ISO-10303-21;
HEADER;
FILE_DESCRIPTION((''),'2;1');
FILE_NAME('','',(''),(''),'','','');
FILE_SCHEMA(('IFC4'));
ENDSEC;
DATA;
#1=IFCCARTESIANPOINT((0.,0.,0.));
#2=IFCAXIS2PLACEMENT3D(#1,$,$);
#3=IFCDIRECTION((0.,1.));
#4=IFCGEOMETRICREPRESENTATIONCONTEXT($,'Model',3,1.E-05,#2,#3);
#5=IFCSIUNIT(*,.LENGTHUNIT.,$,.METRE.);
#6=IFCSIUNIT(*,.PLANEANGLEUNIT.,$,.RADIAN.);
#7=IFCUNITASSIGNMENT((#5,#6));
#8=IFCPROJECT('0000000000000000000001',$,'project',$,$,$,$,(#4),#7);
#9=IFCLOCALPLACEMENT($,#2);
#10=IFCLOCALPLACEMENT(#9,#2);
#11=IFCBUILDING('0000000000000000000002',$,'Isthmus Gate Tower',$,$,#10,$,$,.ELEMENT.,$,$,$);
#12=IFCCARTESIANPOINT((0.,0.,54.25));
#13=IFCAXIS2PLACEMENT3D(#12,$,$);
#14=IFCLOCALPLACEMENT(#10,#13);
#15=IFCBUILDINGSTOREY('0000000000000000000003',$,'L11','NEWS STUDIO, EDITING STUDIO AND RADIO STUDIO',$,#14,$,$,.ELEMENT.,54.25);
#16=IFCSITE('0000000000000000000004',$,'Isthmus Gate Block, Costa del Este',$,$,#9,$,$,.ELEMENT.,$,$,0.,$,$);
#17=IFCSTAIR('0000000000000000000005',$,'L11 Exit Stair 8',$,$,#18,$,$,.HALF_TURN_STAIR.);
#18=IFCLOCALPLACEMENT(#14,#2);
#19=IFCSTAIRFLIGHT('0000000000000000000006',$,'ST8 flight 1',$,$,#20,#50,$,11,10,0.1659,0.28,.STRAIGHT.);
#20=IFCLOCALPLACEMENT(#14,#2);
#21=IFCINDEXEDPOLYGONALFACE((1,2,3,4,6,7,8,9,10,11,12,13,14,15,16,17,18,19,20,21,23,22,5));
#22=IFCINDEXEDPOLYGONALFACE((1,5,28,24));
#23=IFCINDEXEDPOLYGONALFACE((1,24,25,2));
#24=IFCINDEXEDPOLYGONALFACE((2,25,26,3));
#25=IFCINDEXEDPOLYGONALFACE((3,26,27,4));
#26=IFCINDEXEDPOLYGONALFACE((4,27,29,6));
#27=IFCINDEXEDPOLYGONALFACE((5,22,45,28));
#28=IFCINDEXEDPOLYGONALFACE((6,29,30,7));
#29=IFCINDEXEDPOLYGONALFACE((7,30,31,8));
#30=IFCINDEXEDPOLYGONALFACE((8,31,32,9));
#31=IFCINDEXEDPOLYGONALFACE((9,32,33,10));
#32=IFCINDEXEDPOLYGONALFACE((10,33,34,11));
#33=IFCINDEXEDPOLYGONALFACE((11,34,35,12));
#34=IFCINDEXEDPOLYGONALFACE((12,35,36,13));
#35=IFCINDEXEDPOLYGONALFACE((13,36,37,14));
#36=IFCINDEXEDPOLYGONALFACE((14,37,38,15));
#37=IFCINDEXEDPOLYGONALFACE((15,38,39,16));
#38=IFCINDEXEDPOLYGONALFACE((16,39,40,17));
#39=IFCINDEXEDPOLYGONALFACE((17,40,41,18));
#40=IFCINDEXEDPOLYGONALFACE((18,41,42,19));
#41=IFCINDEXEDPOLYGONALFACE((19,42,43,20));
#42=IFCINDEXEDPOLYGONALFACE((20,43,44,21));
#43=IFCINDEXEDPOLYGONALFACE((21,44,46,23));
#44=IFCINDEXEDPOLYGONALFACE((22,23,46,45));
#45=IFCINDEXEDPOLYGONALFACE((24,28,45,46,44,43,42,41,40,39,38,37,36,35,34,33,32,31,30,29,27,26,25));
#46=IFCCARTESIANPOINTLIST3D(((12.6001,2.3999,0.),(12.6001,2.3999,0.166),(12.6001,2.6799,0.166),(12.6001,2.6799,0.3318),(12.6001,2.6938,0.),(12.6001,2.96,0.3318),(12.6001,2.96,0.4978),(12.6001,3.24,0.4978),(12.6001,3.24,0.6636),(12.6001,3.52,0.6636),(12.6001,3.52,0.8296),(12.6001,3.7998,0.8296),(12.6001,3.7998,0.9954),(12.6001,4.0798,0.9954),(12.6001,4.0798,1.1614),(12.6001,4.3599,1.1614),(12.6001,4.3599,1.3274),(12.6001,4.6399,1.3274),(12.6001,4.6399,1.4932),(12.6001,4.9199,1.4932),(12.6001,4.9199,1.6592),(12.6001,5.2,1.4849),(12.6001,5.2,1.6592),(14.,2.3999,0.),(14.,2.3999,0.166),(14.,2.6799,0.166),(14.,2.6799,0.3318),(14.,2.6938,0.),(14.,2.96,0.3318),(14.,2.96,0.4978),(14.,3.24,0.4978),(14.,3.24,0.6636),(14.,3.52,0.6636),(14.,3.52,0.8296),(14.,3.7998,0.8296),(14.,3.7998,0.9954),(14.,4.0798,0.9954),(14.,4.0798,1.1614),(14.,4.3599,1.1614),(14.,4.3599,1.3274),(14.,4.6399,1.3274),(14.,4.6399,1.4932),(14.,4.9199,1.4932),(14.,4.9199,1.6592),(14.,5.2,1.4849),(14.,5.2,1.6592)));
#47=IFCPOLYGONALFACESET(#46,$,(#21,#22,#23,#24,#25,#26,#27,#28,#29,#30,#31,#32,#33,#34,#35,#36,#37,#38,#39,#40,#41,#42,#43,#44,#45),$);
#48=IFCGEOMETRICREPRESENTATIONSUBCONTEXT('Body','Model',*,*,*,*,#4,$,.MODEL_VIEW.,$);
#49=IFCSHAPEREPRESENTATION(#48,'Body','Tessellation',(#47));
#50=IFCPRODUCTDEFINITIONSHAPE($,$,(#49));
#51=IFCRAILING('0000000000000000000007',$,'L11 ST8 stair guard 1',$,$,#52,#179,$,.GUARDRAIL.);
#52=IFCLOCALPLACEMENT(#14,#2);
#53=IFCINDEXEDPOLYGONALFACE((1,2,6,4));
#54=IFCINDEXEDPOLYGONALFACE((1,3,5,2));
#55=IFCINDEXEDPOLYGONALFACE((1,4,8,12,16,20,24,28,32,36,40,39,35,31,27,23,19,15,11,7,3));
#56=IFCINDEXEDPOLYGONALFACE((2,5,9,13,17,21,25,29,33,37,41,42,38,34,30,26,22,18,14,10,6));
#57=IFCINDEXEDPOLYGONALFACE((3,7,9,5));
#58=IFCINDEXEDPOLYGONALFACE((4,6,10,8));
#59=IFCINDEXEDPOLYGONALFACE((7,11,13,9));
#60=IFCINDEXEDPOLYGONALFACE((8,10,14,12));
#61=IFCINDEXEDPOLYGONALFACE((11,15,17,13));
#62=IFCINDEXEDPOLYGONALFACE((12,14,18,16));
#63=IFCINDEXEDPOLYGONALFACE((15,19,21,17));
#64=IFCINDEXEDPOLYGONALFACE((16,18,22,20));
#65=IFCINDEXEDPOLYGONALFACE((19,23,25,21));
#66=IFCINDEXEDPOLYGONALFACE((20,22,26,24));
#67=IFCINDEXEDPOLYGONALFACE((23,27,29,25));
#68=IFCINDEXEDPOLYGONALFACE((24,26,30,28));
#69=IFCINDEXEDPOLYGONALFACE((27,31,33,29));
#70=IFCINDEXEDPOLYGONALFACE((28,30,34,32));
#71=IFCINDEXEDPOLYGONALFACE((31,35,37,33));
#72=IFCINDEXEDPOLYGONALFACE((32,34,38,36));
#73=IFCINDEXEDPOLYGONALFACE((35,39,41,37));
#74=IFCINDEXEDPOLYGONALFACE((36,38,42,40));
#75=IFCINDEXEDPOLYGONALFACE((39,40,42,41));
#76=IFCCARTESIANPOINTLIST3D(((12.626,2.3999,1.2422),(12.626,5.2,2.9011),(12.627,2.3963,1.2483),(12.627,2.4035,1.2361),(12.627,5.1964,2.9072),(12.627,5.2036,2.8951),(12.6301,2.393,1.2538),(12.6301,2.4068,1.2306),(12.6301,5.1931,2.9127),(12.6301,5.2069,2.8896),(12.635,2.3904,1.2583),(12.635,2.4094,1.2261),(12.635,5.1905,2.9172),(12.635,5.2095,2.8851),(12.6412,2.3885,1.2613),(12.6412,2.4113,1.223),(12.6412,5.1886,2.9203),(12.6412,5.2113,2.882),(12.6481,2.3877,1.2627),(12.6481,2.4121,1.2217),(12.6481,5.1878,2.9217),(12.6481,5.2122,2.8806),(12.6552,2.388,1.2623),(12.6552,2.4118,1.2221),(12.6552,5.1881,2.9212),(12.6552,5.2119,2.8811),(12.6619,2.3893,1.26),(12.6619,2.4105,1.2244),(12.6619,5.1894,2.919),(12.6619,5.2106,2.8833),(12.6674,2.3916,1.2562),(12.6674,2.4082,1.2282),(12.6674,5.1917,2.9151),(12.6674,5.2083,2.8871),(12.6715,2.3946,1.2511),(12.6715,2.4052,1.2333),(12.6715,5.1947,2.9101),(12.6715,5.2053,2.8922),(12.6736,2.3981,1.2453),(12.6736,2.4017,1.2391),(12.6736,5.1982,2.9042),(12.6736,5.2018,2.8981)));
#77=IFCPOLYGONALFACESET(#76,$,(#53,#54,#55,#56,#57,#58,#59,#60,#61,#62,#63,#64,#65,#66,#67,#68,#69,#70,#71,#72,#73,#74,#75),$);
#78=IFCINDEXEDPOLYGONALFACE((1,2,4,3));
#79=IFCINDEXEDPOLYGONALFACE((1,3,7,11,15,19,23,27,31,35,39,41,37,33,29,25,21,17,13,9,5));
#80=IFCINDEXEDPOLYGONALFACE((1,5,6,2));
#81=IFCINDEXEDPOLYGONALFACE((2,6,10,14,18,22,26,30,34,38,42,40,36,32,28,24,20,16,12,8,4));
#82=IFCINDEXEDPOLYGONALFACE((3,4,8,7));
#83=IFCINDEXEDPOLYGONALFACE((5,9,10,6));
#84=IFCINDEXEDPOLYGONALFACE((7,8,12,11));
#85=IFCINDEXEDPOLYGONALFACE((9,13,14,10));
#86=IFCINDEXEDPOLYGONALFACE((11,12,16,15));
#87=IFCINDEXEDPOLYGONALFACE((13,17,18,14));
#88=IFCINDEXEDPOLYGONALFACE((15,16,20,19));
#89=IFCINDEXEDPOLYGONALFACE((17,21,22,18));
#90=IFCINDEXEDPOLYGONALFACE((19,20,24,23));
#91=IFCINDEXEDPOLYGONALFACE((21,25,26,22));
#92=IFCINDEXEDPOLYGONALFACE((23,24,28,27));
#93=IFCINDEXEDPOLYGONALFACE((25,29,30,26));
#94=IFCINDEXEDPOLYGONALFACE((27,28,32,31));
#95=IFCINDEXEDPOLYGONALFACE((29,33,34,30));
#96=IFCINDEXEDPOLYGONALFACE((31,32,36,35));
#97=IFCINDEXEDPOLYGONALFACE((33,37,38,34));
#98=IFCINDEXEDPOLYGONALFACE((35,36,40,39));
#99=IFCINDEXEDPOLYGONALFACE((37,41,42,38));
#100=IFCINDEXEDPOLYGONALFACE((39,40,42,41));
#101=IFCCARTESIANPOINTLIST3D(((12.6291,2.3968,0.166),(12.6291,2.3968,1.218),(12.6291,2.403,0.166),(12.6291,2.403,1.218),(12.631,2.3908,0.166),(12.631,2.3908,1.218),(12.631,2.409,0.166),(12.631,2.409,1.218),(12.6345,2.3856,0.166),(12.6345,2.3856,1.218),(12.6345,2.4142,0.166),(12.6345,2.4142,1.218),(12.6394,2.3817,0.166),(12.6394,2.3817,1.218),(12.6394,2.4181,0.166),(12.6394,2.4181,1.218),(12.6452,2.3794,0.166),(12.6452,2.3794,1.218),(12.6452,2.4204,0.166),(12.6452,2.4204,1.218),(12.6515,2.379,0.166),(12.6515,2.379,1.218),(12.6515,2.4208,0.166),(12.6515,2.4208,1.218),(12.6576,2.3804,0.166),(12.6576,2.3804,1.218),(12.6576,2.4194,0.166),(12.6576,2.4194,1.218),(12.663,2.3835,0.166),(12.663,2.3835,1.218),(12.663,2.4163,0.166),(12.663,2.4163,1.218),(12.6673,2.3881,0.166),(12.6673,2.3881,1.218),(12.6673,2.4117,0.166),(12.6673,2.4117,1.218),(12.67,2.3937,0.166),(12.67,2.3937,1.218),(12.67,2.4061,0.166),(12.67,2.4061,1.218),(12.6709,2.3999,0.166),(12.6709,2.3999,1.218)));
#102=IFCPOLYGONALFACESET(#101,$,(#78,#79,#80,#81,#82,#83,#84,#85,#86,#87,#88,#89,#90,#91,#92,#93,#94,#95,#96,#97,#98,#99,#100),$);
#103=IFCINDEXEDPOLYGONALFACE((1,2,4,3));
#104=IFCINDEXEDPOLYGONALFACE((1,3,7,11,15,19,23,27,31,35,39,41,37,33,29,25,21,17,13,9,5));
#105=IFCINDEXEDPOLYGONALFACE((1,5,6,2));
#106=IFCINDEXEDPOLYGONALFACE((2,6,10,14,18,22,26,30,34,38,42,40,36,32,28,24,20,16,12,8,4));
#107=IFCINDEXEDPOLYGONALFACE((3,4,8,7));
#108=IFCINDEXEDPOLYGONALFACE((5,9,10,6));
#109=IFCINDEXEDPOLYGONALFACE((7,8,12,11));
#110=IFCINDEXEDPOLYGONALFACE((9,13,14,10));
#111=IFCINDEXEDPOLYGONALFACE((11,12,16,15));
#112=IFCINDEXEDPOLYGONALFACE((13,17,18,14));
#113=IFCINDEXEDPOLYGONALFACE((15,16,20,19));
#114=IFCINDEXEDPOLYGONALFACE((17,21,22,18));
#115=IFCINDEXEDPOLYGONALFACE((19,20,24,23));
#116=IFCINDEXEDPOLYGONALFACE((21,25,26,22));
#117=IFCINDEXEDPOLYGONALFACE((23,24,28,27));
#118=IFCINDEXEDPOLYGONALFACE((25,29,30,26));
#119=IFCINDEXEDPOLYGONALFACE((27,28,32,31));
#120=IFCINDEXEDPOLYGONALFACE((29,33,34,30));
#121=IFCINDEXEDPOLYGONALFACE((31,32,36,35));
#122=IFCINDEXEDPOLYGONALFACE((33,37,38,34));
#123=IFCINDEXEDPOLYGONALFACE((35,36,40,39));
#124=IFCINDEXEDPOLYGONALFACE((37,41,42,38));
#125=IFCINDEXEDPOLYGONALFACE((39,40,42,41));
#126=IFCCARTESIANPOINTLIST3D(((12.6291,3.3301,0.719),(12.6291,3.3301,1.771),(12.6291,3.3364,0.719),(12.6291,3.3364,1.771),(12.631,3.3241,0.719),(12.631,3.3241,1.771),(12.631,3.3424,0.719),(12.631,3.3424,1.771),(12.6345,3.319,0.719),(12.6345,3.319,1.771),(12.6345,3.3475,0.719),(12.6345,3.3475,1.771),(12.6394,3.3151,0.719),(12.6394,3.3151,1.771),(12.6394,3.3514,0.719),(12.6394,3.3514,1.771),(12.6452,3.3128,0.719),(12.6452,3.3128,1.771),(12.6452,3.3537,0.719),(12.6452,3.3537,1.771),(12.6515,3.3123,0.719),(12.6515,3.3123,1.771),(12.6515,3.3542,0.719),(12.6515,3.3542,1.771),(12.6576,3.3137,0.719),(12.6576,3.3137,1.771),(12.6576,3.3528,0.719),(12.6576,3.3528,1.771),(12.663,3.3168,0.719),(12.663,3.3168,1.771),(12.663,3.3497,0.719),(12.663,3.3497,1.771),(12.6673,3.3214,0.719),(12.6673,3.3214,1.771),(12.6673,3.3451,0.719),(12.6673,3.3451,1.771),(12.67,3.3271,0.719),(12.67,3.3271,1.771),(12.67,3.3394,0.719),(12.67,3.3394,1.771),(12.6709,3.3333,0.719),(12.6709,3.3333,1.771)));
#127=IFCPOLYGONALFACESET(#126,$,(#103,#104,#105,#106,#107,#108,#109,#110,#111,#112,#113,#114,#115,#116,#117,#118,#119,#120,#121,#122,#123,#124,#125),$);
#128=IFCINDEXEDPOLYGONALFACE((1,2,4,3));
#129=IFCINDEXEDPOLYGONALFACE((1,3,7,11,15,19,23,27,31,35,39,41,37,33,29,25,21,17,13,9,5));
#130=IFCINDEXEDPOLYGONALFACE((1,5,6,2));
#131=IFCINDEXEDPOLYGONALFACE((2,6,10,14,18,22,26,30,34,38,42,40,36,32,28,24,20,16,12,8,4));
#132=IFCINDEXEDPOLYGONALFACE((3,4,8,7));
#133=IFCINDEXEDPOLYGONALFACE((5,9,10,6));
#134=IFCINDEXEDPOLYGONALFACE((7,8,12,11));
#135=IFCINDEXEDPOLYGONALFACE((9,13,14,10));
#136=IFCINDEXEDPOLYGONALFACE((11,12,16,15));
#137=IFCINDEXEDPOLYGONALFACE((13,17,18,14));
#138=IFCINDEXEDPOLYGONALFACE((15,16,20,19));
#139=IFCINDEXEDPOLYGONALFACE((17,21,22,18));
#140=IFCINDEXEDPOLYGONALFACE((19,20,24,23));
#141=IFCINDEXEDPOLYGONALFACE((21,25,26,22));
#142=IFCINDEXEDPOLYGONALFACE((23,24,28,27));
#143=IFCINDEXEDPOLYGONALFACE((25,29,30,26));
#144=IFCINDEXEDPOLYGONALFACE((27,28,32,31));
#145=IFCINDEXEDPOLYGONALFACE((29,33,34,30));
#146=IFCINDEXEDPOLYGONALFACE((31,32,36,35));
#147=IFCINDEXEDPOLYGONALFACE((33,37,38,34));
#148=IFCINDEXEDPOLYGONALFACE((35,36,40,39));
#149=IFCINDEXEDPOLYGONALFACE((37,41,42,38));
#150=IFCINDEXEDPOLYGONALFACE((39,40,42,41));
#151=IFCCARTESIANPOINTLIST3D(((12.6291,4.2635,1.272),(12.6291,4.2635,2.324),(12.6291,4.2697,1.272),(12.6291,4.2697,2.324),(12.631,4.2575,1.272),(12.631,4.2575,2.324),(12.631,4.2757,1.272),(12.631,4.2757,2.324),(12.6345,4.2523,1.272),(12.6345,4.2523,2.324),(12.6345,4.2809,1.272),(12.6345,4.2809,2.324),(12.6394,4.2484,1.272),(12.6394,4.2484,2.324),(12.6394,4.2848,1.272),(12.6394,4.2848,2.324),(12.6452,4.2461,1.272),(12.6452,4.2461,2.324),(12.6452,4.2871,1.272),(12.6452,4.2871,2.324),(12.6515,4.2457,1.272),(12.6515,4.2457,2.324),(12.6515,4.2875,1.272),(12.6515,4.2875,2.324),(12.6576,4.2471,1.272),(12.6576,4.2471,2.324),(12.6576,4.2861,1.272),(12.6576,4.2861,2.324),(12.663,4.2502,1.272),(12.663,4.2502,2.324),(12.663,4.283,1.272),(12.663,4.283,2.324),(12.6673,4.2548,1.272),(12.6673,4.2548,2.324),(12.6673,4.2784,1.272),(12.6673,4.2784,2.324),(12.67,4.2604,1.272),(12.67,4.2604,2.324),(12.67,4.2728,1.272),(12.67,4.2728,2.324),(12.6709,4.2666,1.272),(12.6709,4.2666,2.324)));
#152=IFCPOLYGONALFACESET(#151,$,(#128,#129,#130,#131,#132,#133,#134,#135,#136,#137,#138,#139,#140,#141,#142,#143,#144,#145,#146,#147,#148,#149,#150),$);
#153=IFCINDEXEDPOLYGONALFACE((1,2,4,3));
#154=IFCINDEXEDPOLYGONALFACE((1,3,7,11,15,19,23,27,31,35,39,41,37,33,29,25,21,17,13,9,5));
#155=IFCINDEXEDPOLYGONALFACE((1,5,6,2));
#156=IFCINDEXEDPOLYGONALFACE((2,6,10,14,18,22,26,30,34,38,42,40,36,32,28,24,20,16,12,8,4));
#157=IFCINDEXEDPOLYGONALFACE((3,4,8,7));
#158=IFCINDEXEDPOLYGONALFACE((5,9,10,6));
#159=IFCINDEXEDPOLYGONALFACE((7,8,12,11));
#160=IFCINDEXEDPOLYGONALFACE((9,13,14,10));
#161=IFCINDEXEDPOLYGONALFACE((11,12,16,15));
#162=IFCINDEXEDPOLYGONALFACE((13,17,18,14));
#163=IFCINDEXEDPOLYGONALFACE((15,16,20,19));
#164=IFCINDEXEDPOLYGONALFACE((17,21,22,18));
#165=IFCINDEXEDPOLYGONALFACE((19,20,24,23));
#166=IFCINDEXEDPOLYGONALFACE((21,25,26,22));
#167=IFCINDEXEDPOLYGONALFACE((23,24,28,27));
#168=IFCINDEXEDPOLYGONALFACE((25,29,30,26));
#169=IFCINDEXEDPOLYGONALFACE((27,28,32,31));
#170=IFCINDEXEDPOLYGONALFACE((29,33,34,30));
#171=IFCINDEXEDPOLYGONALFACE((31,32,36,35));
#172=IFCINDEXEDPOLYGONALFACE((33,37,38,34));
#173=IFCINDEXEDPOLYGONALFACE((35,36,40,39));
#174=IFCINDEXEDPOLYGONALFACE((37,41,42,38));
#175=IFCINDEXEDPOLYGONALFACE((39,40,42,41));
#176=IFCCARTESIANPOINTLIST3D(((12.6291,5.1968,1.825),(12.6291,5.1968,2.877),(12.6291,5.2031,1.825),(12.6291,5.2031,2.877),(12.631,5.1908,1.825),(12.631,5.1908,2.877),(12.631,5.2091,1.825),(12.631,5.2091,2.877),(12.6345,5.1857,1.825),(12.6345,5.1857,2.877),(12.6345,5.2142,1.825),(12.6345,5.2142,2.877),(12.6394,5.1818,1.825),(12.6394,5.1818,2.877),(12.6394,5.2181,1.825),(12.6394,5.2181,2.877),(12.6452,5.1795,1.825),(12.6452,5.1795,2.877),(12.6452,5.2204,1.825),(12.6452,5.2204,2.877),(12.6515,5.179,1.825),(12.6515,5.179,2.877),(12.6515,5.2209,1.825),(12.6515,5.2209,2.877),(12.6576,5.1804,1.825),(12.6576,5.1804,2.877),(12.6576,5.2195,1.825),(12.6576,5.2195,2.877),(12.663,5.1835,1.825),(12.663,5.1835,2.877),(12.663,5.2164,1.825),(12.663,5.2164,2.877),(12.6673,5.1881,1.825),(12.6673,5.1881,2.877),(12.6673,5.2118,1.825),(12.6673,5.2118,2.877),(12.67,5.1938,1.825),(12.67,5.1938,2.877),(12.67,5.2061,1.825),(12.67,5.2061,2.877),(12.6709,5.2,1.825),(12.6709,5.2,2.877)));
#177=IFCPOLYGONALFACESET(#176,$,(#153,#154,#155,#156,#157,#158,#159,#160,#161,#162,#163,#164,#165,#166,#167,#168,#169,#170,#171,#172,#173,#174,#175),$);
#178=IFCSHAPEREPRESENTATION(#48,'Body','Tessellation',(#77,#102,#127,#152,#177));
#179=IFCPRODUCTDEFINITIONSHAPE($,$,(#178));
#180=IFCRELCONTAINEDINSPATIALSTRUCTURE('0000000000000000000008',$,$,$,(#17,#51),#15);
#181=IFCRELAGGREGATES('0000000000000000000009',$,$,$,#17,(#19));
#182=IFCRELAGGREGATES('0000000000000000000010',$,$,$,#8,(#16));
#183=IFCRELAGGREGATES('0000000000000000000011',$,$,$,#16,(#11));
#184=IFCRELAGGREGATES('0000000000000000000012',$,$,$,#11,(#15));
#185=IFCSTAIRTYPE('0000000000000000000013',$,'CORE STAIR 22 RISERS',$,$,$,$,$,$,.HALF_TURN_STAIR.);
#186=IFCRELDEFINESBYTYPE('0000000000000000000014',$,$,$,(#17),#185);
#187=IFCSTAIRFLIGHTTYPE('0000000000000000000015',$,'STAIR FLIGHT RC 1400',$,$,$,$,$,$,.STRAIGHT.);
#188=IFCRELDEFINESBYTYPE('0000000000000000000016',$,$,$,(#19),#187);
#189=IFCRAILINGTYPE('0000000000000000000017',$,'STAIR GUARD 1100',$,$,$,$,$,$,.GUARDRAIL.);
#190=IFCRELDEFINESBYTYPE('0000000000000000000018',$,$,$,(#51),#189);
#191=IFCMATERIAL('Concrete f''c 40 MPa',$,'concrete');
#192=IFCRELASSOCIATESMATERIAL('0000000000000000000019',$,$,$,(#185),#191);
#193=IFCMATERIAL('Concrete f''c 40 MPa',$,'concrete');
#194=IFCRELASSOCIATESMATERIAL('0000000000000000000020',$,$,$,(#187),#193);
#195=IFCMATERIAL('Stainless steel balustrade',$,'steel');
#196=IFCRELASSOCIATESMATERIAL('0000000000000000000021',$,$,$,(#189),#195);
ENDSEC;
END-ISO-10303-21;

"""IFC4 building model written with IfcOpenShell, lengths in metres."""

from ifc_helpers import new_model, si_unit, direction, frame, origin, origin_2d, place, context, subcontext, project, spatial, polyline, circle, outline, extrude, material, type_object, element, aggregate, save


model = new_model("IFC4")

# Units and contexts
model_context = context("Model", 3, precision=1e-05, world=origin(), true_north=direction((0.0, 1.0)))
body_context = subcontext(model_context, "Body", "Model", "MODEL_VIEW")
ifc_project = project(units=[si_unit("LENGTHUNIT", "METRE"), si_unit("PLANEANGLEUNIT", "RADIAN")], contexts=[model_context])

# Site, building, storey
site_placement = place(None, origin())
site = spatial("IfcSite", under=ifc_project, at=site_placement, Name="Isthmus Gate Block, Costa del Este", CompositionType="ELEMENT", RefElevation=0.0)
building_placement = place(site_placement, origin())
building = spatial("IfcBuilding", under=site, at=building_placement, Name="Isthmus Gate Tower", CompositionType="ELEMENT")
storey_placement = place(building_placement, frame((0.0, 0.0, 54.25)))
storey = spatial("IfcBuildingStorey", under=building, at=storey_placement, Name="L11", Description="NEWS STUDIO, EDITING STUDIO AND RADIO STUDIO", CompositionType="ELEMENT", Elevation=54.25)

# Stair
ifc_material_1 = material(Name="Concrete f'c 40 MPa", Category="concrete")
stair_type = type_object("IfcStairType", Name="CORE STAIR 22 RISERS", PredefinedType="HALF_TURN_STAIR", material=ifc_material_1)
stair_1_placement = place(storey_placement, origin())
stair_1 = element("IfcStair", 1, at=stair_1_placement, inside=storey, type_object=stair_type, Name="L11 Exit Stair 8", PredefinedType="HALF_TURN_STAIR")

# Stair flight
ifc_material_2 = material(Name="Concrete f'c 40 MPa", Category="concrete")
stair_flight_type = type_object("IfcStairFlightType", Name="STAIR FLIGHT RC 1400", PredefinedType="STRAIGHT", material=ifc_material_2)
stair_flight_placement = place(storey_placement, frame((13.3, 2.3999, 0.0), z_axis=(0.0, 0.0, 1.0), x_axis=(0.0, 1.0, 0.0)))
stair_flight = element("IfcStairFlight", 2, at=stair_flight_placement, type_object=stair_flight_type, Name="ST8 flight 1", NumberOfRisers=11, NumberOfTreads=10, PredefinedType="STRAIGHT", RiserHeight=0.1659, TreadLength=0.28, context=body_context, shape_type="SweptSolid", body=[
    extrude(outline(polyline([(0.0, 0.0), (0.0, 0.166), (0.28, 0.166), (0.28, 0.3318), (0.5601, 0.3318), (0.5601, 0.4978), (0.8401, 0.4978), (0.8401, 0.6636), (1.1201, 0.6636), (1.1201, 0.8296), (1.3999, 0.8296), (1.3999, 0.9954), (1.6799, 0.9954), (1.6799, 1.1614), (1.96, 1.1614), (1.96, 1.3274), (2.24, 1.3274), (2.24, 1.4932), (2.52, 1.4932), (2.52, 1.6592), (2.8, 1.6592), (2.8, 1.825), (2.8, 1.4849), (0.2939, 0.0), (0.0, 0.0)])), frame((0.0, 0.7, 0.0), z_axis=(0.0, -1.0, 0.0), x_axis=(1.0, 0.0, 0.0)), (0.0, 0.0, 1.0), 1.3999),
])
aggregate(stair_1, [stair_flight])

# Railing
ifc_material_3 = material(Name="Stainless steel balustrade", Category="steel")
railing_type_1 = type_object("IfcRailingType", Name="STAIR GUARD 1100", PredefinedType="GUARDRAIL", material=ifc_material_3)
railing_1_placement = place(storey_placement, frame((12.6499, 2.3999, 0.166)))
element("IfcRailing", 3, at=railing_1_placement, inside=storey, type_object=railing_type_1, Name="L11 ST8 stair guard 1", PredefinedType="GUARDRAIL", context=body_context, shape_type="SweptSolid", body=[
    extrude(circle(Radius=0.0239, at=origin_2d()), frame((0.0, 0.0, 1.0762), z_axis=(0.0, 0.860339, 0.509722), x_axis=(-1.0, 0.0, 0.0)), (0.0, 0.0, 1.0), 3.2546),
    extrude(circle(Radius=0.021, at=origin_2d()), origin(), (0.0, 0.0, 1.0), 1.052),
    extrude(circle(Radius=0.021, at=origin_2d()), frame((0.0, 0.9333, 0.553)), (0.0, 0.0, 1.0), 1.052),
    extrude(circle(Radius=0.021, at=origin_2d()), frame((0.0, 1.8667, 1.106)), (0.0, 0.0, 1.0), 1.052),
    extrude(circle(Radius=0.021, at=origin_2d()), frame((0.0, 2.8, 1.6589)), (0.0, 0.0, 1.0), 1.052),
])

save(model, "model.ifc")
